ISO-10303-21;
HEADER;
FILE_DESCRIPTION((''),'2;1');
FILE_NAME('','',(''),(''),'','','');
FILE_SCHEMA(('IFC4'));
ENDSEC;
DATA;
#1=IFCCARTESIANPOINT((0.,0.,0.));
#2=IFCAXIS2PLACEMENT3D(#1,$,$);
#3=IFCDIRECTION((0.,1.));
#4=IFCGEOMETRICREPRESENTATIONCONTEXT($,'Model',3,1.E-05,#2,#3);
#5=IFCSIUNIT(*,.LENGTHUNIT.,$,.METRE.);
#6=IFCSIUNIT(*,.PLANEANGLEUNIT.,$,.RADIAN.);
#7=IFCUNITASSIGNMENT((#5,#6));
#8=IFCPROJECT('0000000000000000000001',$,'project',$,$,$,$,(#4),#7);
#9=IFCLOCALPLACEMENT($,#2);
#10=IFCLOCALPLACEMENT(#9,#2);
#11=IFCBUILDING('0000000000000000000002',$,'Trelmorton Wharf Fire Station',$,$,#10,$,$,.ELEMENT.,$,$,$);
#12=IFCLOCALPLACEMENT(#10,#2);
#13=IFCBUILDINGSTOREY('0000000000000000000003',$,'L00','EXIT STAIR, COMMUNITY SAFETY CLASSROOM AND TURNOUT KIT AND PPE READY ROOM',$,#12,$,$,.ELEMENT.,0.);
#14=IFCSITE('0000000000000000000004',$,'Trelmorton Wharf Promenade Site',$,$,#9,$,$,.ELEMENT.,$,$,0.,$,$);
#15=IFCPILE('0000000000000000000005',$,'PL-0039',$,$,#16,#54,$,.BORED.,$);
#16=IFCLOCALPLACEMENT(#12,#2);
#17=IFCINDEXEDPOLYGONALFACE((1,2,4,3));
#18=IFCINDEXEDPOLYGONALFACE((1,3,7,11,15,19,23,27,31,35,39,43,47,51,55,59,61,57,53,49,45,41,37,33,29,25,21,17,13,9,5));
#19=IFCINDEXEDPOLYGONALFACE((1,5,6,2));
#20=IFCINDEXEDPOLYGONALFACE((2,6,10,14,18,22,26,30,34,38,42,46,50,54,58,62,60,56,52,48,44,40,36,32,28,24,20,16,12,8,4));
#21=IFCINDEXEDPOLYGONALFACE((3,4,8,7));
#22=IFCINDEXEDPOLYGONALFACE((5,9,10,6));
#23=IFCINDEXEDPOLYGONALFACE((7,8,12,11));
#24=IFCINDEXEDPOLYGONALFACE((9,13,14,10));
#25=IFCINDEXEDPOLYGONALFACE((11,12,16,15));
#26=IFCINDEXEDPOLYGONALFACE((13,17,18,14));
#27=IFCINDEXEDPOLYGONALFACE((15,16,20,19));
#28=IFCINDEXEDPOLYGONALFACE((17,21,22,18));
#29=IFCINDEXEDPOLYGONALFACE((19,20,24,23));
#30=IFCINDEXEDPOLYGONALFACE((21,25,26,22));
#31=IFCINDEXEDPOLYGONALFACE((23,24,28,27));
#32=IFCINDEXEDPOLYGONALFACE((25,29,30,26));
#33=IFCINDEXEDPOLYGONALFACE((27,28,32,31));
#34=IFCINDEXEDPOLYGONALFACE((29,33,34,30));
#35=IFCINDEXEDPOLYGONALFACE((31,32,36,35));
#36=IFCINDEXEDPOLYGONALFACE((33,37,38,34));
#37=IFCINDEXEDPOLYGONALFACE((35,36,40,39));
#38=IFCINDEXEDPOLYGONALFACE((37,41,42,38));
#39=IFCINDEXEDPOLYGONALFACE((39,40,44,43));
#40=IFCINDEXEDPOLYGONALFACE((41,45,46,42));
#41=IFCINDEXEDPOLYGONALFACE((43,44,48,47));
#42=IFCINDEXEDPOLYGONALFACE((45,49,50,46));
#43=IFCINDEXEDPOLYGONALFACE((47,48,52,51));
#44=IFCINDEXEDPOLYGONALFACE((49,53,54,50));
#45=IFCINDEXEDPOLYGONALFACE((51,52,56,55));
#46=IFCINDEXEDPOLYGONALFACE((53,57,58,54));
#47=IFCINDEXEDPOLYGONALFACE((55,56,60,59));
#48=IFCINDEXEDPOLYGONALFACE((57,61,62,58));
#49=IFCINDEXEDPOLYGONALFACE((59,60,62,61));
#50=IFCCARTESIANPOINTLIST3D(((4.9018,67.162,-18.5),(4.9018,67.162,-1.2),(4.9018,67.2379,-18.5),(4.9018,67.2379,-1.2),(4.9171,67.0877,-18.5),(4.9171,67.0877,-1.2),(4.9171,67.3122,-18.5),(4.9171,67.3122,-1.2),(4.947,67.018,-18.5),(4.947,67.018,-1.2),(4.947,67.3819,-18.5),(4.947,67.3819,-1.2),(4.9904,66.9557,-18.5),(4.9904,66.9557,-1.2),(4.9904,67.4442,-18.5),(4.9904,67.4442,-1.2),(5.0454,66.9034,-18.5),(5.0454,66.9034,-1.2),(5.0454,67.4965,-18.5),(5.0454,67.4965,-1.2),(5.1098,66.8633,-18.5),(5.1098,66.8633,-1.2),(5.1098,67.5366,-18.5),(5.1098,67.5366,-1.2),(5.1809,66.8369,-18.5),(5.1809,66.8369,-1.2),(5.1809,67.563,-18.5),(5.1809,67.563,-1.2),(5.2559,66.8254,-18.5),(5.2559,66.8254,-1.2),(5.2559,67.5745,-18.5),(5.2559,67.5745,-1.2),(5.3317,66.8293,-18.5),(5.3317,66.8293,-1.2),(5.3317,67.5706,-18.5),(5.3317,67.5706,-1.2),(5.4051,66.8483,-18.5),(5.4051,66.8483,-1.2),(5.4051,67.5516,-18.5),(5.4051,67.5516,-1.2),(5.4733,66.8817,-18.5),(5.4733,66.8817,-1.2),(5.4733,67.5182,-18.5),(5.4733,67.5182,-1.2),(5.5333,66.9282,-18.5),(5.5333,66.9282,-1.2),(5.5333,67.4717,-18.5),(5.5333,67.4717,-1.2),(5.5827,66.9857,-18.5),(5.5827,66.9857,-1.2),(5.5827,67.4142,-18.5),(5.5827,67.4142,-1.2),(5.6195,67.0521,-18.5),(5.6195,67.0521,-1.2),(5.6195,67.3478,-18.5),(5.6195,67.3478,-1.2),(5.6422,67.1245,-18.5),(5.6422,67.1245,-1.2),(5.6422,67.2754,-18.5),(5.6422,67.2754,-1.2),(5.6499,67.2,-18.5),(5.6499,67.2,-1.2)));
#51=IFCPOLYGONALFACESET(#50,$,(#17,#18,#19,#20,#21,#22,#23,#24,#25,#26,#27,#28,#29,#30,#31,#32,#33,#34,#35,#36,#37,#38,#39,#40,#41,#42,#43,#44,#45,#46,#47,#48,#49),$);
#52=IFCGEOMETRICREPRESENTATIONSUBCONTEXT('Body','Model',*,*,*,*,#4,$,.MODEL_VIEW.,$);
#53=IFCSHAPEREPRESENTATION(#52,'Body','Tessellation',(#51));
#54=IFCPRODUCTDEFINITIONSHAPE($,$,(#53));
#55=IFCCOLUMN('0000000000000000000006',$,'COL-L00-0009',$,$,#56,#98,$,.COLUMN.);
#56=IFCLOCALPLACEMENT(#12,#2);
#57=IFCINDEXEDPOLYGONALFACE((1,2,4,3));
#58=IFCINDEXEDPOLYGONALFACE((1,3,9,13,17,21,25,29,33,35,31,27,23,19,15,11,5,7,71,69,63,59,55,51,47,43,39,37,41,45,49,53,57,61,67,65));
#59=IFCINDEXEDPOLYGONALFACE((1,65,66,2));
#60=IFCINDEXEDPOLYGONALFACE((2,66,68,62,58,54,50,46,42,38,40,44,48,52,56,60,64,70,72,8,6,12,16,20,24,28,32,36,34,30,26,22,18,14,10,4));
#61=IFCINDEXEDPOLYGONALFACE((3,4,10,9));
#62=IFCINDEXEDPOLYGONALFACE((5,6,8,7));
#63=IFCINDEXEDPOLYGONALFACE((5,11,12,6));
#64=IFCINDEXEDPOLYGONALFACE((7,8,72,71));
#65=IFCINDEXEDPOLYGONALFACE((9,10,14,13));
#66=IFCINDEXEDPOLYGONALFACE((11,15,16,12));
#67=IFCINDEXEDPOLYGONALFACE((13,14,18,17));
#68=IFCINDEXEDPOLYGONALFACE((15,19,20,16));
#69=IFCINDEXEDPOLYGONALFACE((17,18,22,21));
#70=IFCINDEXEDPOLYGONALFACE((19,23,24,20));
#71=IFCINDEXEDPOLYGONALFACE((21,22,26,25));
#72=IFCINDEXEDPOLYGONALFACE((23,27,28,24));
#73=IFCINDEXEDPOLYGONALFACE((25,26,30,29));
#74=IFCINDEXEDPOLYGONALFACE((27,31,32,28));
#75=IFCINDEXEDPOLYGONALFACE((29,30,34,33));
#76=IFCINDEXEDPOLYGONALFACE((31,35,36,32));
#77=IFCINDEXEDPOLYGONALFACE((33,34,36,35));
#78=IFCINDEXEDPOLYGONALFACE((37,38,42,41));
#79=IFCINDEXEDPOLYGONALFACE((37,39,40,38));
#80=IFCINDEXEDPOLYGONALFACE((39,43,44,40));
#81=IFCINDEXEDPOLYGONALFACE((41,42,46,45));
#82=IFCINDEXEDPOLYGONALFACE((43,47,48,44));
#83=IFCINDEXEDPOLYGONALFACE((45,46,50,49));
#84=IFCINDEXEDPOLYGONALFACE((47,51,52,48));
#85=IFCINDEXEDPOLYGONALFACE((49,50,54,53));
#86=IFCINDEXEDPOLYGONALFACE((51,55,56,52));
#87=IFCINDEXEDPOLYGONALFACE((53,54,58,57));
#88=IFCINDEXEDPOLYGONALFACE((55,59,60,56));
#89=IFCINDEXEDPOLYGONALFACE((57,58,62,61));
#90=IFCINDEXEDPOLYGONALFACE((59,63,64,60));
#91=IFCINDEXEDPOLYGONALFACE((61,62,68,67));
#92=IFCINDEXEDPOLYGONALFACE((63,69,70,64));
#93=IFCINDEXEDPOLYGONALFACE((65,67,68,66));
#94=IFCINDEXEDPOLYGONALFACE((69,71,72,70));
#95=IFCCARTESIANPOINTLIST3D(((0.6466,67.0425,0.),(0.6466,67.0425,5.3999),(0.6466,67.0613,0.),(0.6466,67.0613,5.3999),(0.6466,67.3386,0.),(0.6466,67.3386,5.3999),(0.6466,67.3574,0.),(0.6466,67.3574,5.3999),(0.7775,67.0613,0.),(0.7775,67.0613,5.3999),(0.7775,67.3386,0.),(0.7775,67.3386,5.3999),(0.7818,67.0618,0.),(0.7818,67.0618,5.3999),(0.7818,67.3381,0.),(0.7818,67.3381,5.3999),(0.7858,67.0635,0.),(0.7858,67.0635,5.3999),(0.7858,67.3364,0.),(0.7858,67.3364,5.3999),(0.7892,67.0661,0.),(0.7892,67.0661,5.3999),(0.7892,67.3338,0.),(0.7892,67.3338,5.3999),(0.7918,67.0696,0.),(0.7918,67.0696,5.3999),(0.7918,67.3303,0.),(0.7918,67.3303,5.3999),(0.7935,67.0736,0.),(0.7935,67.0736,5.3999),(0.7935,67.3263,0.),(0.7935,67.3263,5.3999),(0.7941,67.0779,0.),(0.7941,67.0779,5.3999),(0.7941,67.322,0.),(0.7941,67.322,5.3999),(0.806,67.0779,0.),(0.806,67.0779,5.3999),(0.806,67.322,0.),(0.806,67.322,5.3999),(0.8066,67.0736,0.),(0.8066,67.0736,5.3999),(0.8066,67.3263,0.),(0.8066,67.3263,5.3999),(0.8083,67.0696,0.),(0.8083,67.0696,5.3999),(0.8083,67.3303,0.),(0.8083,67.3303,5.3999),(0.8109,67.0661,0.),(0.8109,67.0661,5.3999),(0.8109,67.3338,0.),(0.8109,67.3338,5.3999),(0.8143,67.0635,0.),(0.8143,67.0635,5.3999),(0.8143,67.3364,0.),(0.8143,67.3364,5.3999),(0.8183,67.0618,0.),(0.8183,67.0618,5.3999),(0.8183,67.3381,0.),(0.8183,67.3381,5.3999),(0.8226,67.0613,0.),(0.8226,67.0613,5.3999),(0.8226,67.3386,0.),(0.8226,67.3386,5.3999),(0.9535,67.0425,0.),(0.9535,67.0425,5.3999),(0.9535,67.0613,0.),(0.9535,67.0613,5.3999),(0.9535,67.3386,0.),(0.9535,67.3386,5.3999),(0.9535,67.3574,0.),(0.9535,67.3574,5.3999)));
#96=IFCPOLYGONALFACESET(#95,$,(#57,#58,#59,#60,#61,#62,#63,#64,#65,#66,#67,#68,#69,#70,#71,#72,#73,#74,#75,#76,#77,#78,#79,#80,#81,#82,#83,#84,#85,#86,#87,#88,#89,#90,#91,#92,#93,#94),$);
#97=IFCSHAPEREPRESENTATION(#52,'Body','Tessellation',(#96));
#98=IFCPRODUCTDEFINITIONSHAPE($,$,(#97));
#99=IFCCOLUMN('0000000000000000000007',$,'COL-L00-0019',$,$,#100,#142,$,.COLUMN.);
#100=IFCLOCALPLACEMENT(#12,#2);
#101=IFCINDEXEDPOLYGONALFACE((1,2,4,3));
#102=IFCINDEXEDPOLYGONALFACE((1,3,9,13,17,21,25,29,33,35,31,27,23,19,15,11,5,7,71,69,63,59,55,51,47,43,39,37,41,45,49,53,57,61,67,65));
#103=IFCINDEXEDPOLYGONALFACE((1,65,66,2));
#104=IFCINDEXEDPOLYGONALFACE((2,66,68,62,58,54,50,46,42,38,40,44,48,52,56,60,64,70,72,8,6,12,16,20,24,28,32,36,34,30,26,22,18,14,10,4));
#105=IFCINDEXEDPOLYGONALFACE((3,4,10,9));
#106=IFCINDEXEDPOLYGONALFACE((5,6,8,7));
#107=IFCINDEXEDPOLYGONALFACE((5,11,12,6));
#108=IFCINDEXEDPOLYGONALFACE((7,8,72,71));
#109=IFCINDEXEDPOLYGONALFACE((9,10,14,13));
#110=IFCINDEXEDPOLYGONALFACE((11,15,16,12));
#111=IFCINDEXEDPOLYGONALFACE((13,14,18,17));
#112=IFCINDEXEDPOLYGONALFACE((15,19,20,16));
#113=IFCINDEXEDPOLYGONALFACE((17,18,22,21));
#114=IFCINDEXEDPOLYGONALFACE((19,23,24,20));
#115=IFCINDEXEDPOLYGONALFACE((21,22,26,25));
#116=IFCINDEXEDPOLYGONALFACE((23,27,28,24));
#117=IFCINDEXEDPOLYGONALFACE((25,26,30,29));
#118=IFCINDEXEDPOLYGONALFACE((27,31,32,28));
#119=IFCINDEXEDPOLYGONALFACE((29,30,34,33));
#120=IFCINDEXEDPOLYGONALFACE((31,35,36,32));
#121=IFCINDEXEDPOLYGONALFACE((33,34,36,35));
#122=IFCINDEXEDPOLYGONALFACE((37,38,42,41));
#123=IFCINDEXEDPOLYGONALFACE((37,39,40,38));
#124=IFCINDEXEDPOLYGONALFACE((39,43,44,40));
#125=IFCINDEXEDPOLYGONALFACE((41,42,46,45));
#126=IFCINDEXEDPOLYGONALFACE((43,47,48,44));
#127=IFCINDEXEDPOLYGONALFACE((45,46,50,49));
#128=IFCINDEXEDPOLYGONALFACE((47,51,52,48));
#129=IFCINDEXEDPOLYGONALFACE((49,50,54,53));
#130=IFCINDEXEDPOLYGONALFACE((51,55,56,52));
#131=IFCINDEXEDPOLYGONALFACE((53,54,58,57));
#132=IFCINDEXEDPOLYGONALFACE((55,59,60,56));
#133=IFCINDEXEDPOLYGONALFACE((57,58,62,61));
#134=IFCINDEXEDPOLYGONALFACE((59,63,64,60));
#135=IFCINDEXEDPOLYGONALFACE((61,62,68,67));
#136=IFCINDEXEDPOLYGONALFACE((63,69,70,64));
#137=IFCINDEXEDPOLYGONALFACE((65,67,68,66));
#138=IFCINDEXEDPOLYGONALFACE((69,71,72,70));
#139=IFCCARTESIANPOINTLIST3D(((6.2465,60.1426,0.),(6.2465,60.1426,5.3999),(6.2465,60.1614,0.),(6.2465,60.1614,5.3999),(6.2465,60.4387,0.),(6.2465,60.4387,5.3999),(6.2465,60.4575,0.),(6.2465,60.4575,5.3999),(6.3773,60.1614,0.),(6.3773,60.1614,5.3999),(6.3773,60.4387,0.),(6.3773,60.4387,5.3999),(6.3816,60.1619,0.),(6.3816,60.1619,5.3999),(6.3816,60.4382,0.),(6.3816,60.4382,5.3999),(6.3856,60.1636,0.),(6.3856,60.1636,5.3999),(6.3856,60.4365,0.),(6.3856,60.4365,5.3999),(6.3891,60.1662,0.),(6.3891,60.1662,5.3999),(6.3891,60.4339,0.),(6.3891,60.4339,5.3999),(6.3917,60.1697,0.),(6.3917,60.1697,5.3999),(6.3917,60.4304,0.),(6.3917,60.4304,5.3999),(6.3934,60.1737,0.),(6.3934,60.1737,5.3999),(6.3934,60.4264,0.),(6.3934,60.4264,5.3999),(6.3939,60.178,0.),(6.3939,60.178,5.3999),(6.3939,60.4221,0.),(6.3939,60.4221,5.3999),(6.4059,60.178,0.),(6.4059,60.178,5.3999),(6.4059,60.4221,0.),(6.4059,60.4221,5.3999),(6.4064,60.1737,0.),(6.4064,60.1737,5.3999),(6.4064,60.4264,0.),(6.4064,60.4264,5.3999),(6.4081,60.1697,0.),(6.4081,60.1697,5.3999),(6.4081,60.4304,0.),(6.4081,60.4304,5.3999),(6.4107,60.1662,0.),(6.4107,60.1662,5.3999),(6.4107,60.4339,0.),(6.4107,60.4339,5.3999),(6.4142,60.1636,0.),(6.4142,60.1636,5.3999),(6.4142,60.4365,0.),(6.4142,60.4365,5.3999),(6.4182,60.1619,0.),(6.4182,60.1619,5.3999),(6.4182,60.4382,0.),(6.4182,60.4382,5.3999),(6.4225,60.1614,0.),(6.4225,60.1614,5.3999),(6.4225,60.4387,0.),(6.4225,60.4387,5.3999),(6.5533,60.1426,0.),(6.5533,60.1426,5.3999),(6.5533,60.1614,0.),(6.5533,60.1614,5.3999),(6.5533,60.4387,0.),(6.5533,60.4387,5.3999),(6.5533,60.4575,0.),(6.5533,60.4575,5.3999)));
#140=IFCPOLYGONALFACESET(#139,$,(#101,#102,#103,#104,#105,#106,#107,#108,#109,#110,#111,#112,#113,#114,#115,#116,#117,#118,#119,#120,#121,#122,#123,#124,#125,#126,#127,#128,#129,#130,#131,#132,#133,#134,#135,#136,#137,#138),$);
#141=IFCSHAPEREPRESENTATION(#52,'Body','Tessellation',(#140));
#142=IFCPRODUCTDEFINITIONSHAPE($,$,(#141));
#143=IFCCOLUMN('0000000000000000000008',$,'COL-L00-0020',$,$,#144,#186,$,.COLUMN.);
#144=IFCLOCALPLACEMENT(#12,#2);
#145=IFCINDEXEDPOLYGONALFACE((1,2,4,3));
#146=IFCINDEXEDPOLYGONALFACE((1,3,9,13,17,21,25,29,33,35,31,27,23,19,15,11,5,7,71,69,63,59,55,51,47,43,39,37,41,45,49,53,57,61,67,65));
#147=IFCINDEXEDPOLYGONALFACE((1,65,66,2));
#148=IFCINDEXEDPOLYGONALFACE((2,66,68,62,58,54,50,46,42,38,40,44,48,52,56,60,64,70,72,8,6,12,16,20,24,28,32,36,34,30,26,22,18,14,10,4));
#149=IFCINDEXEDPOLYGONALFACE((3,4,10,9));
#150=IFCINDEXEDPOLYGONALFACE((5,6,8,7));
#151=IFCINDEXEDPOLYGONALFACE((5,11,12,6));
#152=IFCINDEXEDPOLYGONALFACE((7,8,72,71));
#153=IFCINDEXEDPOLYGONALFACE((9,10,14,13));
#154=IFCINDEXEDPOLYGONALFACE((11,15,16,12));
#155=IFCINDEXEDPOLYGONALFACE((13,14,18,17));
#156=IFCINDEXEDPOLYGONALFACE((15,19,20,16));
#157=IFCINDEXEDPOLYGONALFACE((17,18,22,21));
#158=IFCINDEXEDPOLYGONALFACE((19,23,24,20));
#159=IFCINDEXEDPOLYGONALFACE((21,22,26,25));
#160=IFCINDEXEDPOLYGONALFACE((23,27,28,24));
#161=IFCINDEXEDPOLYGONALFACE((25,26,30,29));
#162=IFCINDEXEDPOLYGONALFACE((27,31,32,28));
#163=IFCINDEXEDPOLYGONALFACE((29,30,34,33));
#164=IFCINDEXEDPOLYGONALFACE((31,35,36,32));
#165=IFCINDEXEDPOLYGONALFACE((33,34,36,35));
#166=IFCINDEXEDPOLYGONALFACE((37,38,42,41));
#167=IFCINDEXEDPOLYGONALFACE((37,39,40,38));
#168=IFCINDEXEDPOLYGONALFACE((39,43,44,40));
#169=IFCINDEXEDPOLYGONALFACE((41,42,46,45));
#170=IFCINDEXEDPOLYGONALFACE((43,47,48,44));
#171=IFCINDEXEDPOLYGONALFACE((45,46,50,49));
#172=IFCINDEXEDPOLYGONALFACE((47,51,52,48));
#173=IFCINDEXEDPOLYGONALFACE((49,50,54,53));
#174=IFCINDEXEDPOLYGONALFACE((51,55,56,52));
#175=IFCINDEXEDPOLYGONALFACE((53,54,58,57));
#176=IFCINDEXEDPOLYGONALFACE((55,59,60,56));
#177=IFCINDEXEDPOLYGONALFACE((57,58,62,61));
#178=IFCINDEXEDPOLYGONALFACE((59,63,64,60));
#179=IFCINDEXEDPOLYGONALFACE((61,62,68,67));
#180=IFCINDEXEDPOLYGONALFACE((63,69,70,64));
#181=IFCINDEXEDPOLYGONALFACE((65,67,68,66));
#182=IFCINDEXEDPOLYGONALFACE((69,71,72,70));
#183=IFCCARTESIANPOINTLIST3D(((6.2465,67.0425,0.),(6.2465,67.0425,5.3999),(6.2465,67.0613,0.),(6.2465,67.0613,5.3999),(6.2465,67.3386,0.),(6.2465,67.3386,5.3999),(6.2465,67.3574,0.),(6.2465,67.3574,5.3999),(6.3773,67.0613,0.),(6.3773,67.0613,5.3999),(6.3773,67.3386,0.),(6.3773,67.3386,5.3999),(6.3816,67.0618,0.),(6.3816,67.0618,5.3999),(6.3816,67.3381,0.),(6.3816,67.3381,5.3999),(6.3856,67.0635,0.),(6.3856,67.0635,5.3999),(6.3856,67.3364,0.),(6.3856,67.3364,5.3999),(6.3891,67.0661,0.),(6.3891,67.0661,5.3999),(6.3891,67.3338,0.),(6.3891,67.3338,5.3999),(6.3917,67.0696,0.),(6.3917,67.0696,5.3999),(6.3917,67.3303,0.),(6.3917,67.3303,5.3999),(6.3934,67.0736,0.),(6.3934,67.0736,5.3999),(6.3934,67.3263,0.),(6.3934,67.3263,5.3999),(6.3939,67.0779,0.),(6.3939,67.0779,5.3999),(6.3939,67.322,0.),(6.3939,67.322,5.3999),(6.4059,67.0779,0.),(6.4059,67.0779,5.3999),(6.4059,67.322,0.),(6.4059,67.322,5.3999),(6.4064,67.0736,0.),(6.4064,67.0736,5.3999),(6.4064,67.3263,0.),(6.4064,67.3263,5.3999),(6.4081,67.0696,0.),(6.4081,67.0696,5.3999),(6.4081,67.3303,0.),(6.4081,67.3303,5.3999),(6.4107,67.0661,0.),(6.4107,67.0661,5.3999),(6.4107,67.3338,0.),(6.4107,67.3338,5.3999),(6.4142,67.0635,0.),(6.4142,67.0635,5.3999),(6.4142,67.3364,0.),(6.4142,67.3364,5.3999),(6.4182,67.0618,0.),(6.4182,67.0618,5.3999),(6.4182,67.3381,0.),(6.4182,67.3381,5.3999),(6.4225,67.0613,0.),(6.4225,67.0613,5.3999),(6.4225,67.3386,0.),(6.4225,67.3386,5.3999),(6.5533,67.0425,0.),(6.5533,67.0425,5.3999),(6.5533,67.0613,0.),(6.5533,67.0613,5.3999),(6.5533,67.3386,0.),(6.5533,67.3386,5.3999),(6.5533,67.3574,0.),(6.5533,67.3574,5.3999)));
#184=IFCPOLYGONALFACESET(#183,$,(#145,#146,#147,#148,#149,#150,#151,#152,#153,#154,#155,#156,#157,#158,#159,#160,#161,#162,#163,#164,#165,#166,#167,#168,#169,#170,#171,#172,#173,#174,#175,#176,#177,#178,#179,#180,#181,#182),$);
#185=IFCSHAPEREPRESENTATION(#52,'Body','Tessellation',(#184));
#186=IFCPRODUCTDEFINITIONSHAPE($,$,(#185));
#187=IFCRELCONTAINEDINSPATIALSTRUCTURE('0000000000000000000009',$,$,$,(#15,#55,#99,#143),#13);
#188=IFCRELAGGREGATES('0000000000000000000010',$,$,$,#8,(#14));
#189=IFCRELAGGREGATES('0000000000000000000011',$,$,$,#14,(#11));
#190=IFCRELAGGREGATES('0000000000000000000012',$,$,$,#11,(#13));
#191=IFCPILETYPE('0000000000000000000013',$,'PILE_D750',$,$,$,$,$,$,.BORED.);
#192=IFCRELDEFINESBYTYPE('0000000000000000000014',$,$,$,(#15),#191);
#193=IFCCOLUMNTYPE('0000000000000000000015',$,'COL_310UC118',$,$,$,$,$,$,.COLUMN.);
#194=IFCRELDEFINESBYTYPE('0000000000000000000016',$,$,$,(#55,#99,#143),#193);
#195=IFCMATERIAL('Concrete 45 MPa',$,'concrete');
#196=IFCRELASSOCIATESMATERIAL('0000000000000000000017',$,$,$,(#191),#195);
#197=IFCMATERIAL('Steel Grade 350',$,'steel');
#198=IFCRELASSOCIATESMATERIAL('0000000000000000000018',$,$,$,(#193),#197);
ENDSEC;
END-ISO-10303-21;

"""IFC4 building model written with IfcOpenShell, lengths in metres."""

from ifc_helpers import new_model, si_unit, direction, frame, origin, origin_2d, place, context, subcontext, project, spatial, circle, i_section, extrude, material, material_profile, profile_set, type_object, element, save


model = new_model("IFC4")

# Units and contexts
model_context = context("Model", 3, precision=1e-05, world=origin(), true_north=direction((0.0, 1.0)))
body_context = subcontext(model_context, "Body", "Model", "MODEL_VIEW")
ifc_project = project(units=[si_unit("LENGTHUNIT", "METRE"), si_unit("PLANEANGLEUNIT", "RADIAN")], contexts=[model_context])

# Site, building, storey
site_placement = place(None, origin())
site = spatial("IfcSite", under=ifc_project, at=site_placement, Name="Trelmorton Wharf Promenade Site", CompositionType="ELEMENT", RefElevation=0.0)
building_placement = place(site_placement, origin())
building = spatial("IfcBuilding", under=site, at=building_placement, Name="Trelmorton Wharf Fire Station", CompositionType="ELEMENT")
storey_placement = place(building_placement, origin())
storey = spatial("IfcBuildingStorey", under=building, at=storey_placement, Name="L00", Description="EXIT STAIR, COMMUNITY SAFETY CLASSROOM AND TURNOUT KIT AND PPE READY ROOM", CompositionType="ELEMENT", Elevation=0.0)

# Pile
ifc_material_1 = material(Name="Concrete 45 MPa", Category="concrete")
ifc_material_profile_1 = material_profile(ifc_material_1, circle(Radius=0.375, at=origin_2d()), Name="PILE-D750")
ifc_profile_set_1 = profile_set([ifc_material_profile_1], Name="Concrete 45 MPa")
pile_type = type_object("IfcPileType", Name="PILE_D750", PredefinedType="BORED", material=ifc_profile_set_1)
for number, where, z_axis, x_axis, name in (
    (1, (5.2749, 67.2, -1.2), (0.0, 0.0, -1.0), (1.0, 0.0, 0.0), "PL-0039"),
):
    element("IfcPile", number, at=place(storey_placement, frame(where, z_axis=z_axis, x_axis=x_axis)), inside=storey, type_object=pile_type, Name=name, PredefinedType="BORED", context=body_context, shape_type="SweptSolid", body=[
        extrude(circle(Radius=0.375, at=origin_2d()), origin(), (0.0, 0.0, 1.0), 17.3),
    ])

# Columns
ifc_material_2 = material(Name="Steel Grade 350", Category="steel")
ifc_material_profile_2 = material_profile(ifc_material_2, i_section(OverallWidth=0.3069, OverallDepth=0.3149, WebThickness=0.012, FlangeThickness=0.0188, FilletRadius=0.0166, at=origin_2d()), Name="310UC118")
ifc_profile_set_2 = profile_set([ifc_material_profile_2], Name="Steel Grade 350")
column_type = type_object("IfcColumnType", Name="COL_310UC118", PredefinedType="COLUMN", material=ifc_profile_set_2)
for number, where, z_axis, x_axis, name in (
    (2, (0.8, 67.2, 0.0), (0.0, 0.0, 1.0), (1.0, 0.0, 0.0), "COL-L00-0009"),
    (3, (6.3999, 60.3, 0.0), (0.0, 0.0, 1.0), (1.0, 0.0, 0.0), "COL-L00-0019"),
    (4, (6.3999, 67.2, 0.0), (0.0, 0.0, 1.0), (1.0, 0.0, 0.0), "COL-L00-0020"),
):
    element("IfcColumn", number, at=place(storey_placement, frame(where, z_axis=z_axis, x_axis=x_axis)), inside=storey, type_object=column_type, Name=name, PredefinedType="COLUMN", context=body_context, shape_type="SweptSolid", body=[
        extrude(i_section(OverallWidth=0.3069, OverallDepth=0.3149, WebThickness=0.012, FlangeThickness=0.0188, FilletRadius=0.0166, at=origin_2d()), origin(), (0.0, 0.0, 1.0), 5.3999),
    ])

save(model, "model.ifc")
